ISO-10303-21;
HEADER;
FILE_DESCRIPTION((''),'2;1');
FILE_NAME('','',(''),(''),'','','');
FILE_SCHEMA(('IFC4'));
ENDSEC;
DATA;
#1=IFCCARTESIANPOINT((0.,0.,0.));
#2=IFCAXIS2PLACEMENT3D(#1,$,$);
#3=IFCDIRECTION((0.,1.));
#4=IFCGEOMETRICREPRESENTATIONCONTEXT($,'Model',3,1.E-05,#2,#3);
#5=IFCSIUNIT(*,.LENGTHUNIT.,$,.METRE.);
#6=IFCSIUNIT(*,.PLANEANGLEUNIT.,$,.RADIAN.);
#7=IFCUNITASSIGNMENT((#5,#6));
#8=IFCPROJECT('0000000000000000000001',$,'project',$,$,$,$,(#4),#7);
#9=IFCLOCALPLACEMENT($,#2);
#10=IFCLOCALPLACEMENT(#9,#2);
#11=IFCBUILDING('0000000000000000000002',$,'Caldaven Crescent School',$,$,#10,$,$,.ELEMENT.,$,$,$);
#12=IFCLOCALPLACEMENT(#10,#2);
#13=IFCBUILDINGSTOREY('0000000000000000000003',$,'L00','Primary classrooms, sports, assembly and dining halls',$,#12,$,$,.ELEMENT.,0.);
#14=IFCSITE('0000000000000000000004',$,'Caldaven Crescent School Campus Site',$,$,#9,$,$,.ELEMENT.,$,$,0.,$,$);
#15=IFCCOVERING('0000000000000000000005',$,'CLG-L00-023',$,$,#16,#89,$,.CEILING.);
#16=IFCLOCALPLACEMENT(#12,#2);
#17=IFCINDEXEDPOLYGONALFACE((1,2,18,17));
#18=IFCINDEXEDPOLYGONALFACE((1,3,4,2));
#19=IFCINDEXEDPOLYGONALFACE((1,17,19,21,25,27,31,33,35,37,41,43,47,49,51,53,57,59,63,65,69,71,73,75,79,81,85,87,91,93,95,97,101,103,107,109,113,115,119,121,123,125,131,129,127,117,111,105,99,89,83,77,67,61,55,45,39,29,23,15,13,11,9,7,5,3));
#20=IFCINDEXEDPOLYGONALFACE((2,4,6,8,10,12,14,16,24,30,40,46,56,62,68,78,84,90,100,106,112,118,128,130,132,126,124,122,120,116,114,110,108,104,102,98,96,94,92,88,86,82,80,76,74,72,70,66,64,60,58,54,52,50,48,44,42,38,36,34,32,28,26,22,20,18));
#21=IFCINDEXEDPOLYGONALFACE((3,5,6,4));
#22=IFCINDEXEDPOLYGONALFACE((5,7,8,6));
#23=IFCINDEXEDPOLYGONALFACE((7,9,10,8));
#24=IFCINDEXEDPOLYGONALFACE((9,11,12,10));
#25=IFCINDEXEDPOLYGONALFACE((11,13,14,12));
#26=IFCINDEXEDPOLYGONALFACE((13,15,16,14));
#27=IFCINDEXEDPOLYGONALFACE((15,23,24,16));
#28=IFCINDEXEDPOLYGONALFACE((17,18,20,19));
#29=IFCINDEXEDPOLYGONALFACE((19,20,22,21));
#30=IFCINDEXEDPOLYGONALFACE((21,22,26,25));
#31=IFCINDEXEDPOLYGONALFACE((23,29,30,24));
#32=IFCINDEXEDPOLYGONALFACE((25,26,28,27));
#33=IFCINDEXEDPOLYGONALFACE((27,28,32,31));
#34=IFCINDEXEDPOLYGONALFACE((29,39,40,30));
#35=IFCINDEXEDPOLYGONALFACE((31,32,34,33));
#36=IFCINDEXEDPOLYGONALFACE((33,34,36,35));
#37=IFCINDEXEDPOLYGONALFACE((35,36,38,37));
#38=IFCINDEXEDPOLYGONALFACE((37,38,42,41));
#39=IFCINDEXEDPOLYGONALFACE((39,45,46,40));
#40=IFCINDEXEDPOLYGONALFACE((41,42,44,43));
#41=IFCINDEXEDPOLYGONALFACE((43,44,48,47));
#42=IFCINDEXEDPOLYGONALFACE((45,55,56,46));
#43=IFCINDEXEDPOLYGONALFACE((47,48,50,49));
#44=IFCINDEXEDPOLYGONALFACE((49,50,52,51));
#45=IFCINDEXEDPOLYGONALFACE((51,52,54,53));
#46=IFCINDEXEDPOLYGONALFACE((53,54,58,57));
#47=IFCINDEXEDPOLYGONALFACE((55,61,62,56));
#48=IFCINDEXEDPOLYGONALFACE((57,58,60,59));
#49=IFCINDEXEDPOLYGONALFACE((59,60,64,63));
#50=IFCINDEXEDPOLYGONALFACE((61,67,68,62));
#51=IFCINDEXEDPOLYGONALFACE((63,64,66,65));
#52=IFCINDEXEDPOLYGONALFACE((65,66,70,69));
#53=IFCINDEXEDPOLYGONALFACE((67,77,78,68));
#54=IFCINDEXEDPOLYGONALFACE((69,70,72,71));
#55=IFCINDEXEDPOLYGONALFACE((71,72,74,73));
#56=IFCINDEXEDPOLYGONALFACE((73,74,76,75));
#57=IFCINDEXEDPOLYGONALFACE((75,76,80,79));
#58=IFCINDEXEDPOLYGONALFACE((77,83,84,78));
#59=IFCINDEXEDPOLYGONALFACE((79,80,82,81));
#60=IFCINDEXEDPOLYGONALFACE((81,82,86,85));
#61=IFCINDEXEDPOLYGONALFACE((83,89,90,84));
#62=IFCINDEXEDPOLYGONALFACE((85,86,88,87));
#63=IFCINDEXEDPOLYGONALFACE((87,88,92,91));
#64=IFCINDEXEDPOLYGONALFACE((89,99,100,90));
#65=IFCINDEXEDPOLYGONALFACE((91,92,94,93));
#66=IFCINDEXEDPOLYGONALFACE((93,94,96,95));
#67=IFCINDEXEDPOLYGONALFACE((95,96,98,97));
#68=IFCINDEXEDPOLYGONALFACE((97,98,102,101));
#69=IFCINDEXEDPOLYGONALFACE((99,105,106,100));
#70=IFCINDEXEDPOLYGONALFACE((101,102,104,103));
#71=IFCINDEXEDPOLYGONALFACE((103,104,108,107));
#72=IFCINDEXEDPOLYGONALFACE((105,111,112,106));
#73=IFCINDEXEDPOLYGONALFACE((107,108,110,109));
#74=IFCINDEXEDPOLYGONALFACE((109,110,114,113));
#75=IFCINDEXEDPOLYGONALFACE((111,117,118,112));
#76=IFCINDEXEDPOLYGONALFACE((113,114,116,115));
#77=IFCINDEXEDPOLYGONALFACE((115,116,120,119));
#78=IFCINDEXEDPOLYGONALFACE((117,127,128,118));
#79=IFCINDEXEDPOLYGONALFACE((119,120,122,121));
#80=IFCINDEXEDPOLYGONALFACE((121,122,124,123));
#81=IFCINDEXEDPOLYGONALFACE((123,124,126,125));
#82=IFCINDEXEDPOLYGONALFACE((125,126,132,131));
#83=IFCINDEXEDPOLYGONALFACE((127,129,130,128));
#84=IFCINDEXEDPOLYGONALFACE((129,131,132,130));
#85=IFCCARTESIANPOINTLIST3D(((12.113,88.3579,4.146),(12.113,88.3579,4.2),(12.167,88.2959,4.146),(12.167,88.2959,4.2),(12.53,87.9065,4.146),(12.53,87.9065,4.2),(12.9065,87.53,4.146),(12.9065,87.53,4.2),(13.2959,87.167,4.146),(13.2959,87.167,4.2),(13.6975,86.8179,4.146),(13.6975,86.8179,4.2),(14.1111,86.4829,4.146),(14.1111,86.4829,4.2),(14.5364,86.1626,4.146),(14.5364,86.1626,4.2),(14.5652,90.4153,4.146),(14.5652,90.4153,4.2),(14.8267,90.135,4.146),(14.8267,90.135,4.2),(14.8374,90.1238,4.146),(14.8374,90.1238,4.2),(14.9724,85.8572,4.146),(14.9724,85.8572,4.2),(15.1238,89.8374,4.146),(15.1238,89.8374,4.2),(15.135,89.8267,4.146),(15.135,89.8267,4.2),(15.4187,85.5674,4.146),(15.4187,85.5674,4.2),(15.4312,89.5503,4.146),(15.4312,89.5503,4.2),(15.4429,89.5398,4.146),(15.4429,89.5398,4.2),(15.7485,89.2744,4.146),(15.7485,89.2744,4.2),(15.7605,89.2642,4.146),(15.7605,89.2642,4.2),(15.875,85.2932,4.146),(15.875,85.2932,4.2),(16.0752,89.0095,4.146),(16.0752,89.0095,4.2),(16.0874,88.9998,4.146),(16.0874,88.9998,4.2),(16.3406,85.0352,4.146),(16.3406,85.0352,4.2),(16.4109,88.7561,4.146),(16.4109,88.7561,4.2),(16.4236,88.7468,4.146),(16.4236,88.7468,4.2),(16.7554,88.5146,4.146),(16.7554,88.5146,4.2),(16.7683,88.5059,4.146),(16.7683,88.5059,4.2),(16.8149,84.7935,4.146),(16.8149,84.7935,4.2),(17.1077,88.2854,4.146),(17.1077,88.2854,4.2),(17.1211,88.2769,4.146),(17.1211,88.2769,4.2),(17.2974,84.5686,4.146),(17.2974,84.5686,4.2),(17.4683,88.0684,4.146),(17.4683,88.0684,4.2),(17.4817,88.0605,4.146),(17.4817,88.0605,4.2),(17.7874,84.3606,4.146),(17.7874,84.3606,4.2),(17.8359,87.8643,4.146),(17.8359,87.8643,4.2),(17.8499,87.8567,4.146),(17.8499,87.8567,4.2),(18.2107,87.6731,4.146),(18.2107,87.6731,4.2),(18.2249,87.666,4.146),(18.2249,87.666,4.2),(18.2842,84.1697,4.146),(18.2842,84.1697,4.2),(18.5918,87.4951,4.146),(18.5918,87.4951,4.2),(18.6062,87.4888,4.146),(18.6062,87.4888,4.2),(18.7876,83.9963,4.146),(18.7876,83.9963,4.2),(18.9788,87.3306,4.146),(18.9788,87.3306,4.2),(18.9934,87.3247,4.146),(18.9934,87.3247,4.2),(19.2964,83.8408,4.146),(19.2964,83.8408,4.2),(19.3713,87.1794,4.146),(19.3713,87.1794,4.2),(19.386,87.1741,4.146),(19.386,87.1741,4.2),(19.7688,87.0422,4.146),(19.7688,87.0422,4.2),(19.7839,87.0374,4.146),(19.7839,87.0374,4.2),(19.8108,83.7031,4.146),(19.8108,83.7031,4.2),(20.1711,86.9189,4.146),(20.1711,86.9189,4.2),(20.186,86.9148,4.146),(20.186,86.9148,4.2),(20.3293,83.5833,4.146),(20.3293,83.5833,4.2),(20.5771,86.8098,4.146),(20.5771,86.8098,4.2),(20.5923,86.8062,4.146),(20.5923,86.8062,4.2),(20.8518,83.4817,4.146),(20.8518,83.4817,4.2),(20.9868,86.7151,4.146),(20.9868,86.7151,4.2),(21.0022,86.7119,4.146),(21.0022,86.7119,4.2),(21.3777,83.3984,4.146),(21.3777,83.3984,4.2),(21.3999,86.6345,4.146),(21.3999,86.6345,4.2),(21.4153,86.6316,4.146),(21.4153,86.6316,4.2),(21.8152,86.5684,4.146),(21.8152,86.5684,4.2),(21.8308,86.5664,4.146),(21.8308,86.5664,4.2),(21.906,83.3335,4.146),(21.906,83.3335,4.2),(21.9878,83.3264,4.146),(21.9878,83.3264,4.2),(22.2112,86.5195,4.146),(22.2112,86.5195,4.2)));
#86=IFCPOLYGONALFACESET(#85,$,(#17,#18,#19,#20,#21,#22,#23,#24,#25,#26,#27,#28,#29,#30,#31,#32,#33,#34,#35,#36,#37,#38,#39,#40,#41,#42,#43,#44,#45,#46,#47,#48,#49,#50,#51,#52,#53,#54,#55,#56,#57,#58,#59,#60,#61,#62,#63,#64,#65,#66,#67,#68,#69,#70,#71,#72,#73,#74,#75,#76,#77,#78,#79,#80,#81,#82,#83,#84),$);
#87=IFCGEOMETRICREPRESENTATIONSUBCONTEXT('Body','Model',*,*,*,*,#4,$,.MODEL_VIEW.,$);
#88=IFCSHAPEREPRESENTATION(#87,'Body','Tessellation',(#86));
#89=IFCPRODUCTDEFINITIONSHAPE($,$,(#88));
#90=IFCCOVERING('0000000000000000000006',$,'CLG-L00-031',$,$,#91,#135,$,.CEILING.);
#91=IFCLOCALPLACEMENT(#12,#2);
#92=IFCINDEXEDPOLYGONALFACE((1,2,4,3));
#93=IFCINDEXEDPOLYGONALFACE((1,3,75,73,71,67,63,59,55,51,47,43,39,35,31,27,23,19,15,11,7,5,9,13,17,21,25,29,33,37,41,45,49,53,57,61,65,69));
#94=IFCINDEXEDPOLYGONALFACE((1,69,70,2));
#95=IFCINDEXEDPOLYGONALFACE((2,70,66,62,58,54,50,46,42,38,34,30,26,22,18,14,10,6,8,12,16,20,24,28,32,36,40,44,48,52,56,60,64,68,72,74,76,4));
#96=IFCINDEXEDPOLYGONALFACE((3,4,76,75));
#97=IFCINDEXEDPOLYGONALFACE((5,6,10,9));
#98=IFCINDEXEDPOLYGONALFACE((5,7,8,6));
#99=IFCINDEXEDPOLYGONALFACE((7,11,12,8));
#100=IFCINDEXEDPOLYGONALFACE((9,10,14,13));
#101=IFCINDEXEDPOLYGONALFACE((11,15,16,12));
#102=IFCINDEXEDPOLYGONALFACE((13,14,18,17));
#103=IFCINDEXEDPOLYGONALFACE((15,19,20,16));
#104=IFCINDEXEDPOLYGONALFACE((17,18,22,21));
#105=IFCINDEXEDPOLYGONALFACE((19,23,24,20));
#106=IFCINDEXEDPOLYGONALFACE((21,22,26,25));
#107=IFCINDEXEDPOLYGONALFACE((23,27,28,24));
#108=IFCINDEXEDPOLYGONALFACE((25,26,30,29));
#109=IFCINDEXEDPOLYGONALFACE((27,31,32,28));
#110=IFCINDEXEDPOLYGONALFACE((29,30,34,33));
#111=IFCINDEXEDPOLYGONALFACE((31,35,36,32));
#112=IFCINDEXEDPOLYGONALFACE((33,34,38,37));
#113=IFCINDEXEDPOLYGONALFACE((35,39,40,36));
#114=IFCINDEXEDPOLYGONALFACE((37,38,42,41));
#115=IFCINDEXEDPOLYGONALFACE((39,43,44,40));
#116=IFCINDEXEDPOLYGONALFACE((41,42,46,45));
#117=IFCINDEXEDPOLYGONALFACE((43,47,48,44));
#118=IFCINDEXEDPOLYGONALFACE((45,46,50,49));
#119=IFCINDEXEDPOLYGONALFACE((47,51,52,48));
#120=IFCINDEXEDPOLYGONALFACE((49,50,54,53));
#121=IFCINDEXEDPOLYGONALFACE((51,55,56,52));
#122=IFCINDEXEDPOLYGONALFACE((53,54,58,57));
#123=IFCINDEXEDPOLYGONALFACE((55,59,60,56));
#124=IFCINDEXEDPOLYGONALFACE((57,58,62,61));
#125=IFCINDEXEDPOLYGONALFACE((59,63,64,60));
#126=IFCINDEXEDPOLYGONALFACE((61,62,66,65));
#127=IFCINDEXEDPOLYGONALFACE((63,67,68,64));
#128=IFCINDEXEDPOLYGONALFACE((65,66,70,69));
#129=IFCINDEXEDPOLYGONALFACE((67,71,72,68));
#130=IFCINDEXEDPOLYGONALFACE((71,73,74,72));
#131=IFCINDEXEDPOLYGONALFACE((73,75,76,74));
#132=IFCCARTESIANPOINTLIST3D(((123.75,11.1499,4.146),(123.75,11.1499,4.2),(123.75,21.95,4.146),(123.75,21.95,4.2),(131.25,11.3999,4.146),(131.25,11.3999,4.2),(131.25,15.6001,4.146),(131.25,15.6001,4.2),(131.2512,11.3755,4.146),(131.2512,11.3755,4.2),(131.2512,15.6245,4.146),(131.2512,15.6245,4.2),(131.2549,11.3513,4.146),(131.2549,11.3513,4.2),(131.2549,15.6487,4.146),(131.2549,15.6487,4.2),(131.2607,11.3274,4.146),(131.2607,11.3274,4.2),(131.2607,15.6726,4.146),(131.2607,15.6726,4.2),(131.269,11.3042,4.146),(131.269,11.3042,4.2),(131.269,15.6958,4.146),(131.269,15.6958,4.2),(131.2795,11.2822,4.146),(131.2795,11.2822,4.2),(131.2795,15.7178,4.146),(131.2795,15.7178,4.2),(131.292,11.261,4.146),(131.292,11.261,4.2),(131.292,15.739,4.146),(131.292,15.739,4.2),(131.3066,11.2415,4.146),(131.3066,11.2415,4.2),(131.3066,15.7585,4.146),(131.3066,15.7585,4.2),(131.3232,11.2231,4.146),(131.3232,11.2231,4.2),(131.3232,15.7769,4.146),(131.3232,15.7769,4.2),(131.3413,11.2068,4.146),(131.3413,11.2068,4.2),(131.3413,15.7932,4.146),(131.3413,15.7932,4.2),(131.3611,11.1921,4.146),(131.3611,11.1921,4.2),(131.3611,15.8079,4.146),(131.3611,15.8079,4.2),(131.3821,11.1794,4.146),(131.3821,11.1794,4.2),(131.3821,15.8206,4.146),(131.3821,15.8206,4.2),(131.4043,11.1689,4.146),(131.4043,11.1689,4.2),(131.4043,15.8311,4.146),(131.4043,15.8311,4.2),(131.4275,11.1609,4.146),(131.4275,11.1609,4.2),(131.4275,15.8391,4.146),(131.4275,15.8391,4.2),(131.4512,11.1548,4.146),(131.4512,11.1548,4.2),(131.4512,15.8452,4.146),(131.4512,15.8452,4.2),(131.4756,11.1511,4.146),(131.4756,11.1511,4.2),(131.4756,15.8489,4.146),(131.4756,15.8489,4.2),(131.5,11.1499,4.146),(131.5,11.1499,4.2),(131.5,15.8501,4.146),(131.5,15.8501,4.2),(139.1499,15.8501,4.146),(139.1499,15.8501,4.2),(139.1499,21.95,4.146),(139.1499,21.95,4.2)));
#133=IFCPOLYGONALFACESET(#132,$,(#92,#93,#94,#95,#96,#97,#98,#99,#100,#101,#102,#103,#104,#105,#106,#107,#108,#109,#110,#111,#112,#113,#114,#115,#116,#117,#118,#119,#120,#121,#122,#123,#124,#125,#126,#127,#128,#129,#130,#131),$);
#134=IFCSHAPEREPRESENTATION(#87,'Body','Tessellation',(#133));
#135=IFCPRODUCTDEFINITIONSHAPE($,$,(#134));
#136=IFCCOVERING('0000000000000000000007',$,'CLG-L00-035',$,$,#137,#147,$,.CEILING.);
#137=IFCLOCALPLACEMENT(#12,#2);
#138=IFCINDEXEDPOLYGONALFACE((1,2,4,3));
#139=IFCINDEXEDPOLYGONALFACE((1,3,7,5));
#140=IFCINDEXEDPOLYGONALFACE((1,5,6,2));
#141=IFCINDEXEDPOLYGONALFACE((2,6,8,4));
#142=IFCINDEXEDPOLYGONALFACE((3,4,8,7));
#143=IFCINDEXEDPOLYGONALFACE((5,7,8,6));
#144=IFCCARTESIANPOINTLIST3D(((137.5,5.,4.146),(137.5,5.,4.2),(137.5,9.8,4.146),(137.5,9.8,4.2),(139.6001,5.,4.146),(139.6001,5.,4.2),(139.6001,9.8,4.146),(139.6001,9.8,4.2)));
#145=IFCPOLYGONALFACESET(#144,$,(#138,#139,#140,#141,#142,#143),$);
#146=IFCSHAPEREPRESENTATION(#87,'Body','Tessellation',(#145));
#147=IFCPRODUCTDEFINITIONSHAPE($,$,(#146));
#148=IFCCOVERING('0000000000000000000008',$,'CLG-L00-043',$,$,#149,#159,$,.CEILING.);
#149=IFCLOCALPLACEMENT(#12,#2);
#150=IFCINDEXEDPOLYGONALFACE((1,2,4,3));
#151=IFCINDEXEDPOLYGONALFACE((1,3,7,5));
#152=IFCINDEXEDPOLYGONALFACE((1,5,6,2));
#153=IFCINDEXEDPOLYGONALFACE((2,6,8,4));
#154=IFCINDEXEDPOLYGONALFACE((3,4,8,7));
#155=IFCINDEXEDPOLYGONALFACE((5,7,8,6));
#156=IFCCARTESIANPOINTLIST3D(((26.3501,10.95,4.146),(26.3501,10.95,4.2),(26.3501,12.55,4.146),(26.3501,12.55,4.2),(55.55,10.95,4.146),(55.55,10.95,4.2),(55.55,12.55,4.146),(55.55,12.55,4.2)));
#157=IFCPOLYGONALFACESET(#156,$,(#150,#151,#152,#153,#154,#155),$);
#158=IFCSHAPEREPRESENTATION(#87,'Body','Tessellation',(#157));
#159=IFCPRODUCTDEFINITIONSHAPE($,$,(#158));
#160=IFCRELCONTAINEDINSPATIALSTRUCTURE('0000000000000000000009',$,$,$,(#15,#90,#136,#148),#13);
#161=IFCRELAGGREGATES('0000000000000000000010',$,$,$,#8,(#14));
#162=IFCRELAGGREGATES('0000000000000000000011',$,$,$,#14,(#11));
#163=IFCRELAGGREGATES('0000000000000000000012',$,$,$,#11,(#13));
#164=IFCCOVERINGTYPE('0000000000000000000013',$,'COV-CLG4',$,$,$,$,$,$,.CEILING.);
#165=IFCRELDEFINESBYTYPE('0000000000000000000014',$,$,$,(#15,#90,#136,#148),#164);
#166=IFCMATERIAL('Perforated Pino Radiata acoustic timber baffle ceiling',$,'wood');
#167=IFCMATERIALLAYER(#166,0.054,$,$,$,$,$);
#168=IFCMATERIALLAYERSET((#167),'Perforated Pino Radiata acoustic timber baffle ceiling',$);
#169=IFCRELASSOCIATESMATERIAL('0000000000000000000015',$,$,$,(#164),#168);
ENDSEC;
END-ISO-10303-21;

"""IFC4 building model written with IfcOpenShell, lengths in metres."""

from ifc_helpers import new_model, si_unit, direction, frame, origin, place, context, subcontext, project, spatial, polyline, outline, extrude, material, layer, layer_set, type_object, element, save


model = new_model("IFC4")

# Units and contexts
model_context = context("Model", 3, precision=1e-05, world=origin(), true_north=direction((0.0, 1.0)))
body_context = subcontext(model_context, "Body", "Model", "MODEL_VIEW")
ifc_project = project(units=[si_unit("LENGTHUNIT", "METRE"), si_unit("PLANEANGLEUNIT", "RADIAN")], contexts=[model_context])

# Site, building, storey
site_placement = place(None, origin())
site = spatial("IfcSite", under=ifc_project, at=site_placement, Name="Caldaven Crescent School Campus Site", CompositionType="ELEMENT", RefElevation=0.0)
building_placement = place(site_placement, origin())
building = spatial("IfcBuilding", under=site, at=building_placement, Name="Caldaven Crescent School", CompositionType="ELEMENT")
storey_placement = place(building_placement, origin())
storey = spatial("IfcBuildingStorey", under=building, at=storey_placement, Name="L00", Description="Primary classrooms, sports, assembly and dining halls", CompositionType="ELEMENT", Elevation=0.0)

# Coverings
ifc_material_1 = material(Name="Perforated Pino Radiata acoustic timber baffle ceiling", Category="wood")
ifc_layer_1 = layer(ifc_material_1, 0.054)
ifc_layer_set_1 = layer_set([ifc_layer_1], Name="Perforated Pino Radiata acoustic timber baffle ceiling")
covering_type_1 = type_object("IfcCoveringType", Name="COV-CLG4", PredefinedType="CEILING", material=ifc_layer_set_1)
covering_1_placement = place(storey_placement, frame((0.0, 0.0, 4.146)))
element("IfcCovering", 1, at=covering_1_placement, inside=storey, type_object=covering_type_1, Name="CLG-L00-023", PredefinedType="CEILING", context=body_context, shape_type="SweptSolid", body=[
    extrude(outline(polyline([(14.8267, 90.135), (14.8374, 90.1238), (15.1238, 89.8374), (15.135, 89.8267), (15.4312, 89.5503), (15.4429, 89.5398), (15.7485, 89.2744), (15.7605, 89.2642), (16.0752, 89.0095), (16.0874, 88.9998), (16.4109, 88.7561), (16.4236, 88.7468), (16.7554, 88.5146), (16.7683, 88.5059), (17.1077, 88.2854), (17.1211, 88.2769), (17.4683, 88.0684), (17.4817, 88.0605), (17.8359, 87.8643), (17.8499, 87.8567), (18.2107, 87.6731), (18.2249, 87.666), (18.5918, 87.4951), (18.6062, 87.4888), (18.9788, 87.3306), (18.9934, 87.3247), (19.3713, 87.1794), (19.386, 87.1741), (19.7688, 87.0422), (19.7839, 87.0374), (20.1711, 86.9189), (20.186, 86.9148), (20.5771, 86.8098), (20.5923, 86.8062), (20.9868, 86.7151), (21.0022, 86.7119), (21.3999, 86.6345), (21.4153, 86.6316), (21.8152, 86.5684), (21.8308, 86.5664), (22.2112, 86.5195), (21.9878, 83.3264), (21.906, 83.3335), (21.3777, 83.3984), (20.8518, 83.4817), (20.3293, 83.5833), (19.8108, 83.7031), (19.2964, 83.8408), (18.7876, 83.9963), (18.2842, 84.1697), (17.7874, 84.3606), (17.2974, 84.5686), (16.8149, 84.7935), (16.3406, 85.0352), (15.875, 85.2932), (15.4187, 85.5674), (14.9724, 85.8572), (14.5364, 86.1626), (14.1111, 86.4829), (13.6975, 86.8179), (13.2959, 87.167), (12.9065, 87.53), (12.53, 87.9065), (12.167, 88.2959), (12.113, 88.3579), (14.5652, 90.4153), (14.8267, 90.135)])), origin(), (0.0, 0.0, 1.0), 0.054),
])
covering_2_placement = place(storey_placement, frame((0.0, 0.0, 4.146)))
element("IfcCovering", 2, at=covering_2_placement, inside=storey, type_object=covering_type_1, Name="CLG-L00-031", PredefinedType="CEILING", context=body_context, shape_type="SweptSolid", body=[
    extrude(outline(polyline([(139.1499, 21.95), (139.1499, 15.8501), (131.5, 15.8501), (131.4756, 15.8489), (131.4512, 15.8452), (131.4275, 15.8391), (131.4043, 15.8311), (131.3821, 15.8206), (131.3611, 15.8079), (131.3413, 15.7932), (131.3232, 15.7769), (131.3066, 15.7585), (131.292, 15.739), (131.2795, 15.7178), (131.269, 15.6958), (131.2607, 15.6726), (131.2549, 15.6487), (131.2512, 15.6245), (131.25, 15.6001), (131.25, 11.3999), (131.2512, 11.3755), (131.2549, 11.3513), (131.2607, 11.3274), (131.269, 11.3042), (131.2795, 11.2822), (131.292, 11.261), (131.3066, 11.2415), (131.3232, 11.2231), (131.3413, 11.2068), (131.3611, 11.1921), (131.3821, 11.1794), (131.4043, 11.1689), (131.4275, 11.1609), (131.4512, 11.1548), (131.4756, 11.1511), (131.5, 11.1499), (139.1499, 11.1499), (139.1499, 11.1499), (123.75, 11.1499), (123.75, 21.95), (139.1499, 21.95)])), origin(), (0.0, 0.0, 1.0), 0.054),
])
covering_3_placement = place(storey_placement, frame((0.0, 0.0, 4.146)))
element("IfcCovering", 3, at=covering_3_placement, inside=storey, type_object=covering_type_1, Name="CLG-L00-035", PredefinedType="CEILING", context=body_context, shape_type="SweptSolid", body=[
    extrude(outline(polyline([(139.6001, 9.8), (139.6001, 5.0), (137.5, 5.0), (137.5, 9.8), (139.6001, 9.8)])), origin(), (0.0, 0.0, 1.0), 0.054),
])
covering_4_placement = place(storey_placement, frame((0.0, 0.0, 4.146)))
element("IfcCovering", 4, at=covering_4_placement, inside=storey, type_object=covering_type_1, Name="CLG-L00-043", PredefinedType="CEILING", context=body_context, shape_type="SweptSolid", body=[
    extrude(outline(polyline([(55.55, 12.55), (55.55, 10.95), (26.3501, 10.95), (26.3501, 12.55), (55.55, 12.55)])), origin(), (0.0, 0.0, 1.0), 0.054),
])

save(model, "model.ifc")
